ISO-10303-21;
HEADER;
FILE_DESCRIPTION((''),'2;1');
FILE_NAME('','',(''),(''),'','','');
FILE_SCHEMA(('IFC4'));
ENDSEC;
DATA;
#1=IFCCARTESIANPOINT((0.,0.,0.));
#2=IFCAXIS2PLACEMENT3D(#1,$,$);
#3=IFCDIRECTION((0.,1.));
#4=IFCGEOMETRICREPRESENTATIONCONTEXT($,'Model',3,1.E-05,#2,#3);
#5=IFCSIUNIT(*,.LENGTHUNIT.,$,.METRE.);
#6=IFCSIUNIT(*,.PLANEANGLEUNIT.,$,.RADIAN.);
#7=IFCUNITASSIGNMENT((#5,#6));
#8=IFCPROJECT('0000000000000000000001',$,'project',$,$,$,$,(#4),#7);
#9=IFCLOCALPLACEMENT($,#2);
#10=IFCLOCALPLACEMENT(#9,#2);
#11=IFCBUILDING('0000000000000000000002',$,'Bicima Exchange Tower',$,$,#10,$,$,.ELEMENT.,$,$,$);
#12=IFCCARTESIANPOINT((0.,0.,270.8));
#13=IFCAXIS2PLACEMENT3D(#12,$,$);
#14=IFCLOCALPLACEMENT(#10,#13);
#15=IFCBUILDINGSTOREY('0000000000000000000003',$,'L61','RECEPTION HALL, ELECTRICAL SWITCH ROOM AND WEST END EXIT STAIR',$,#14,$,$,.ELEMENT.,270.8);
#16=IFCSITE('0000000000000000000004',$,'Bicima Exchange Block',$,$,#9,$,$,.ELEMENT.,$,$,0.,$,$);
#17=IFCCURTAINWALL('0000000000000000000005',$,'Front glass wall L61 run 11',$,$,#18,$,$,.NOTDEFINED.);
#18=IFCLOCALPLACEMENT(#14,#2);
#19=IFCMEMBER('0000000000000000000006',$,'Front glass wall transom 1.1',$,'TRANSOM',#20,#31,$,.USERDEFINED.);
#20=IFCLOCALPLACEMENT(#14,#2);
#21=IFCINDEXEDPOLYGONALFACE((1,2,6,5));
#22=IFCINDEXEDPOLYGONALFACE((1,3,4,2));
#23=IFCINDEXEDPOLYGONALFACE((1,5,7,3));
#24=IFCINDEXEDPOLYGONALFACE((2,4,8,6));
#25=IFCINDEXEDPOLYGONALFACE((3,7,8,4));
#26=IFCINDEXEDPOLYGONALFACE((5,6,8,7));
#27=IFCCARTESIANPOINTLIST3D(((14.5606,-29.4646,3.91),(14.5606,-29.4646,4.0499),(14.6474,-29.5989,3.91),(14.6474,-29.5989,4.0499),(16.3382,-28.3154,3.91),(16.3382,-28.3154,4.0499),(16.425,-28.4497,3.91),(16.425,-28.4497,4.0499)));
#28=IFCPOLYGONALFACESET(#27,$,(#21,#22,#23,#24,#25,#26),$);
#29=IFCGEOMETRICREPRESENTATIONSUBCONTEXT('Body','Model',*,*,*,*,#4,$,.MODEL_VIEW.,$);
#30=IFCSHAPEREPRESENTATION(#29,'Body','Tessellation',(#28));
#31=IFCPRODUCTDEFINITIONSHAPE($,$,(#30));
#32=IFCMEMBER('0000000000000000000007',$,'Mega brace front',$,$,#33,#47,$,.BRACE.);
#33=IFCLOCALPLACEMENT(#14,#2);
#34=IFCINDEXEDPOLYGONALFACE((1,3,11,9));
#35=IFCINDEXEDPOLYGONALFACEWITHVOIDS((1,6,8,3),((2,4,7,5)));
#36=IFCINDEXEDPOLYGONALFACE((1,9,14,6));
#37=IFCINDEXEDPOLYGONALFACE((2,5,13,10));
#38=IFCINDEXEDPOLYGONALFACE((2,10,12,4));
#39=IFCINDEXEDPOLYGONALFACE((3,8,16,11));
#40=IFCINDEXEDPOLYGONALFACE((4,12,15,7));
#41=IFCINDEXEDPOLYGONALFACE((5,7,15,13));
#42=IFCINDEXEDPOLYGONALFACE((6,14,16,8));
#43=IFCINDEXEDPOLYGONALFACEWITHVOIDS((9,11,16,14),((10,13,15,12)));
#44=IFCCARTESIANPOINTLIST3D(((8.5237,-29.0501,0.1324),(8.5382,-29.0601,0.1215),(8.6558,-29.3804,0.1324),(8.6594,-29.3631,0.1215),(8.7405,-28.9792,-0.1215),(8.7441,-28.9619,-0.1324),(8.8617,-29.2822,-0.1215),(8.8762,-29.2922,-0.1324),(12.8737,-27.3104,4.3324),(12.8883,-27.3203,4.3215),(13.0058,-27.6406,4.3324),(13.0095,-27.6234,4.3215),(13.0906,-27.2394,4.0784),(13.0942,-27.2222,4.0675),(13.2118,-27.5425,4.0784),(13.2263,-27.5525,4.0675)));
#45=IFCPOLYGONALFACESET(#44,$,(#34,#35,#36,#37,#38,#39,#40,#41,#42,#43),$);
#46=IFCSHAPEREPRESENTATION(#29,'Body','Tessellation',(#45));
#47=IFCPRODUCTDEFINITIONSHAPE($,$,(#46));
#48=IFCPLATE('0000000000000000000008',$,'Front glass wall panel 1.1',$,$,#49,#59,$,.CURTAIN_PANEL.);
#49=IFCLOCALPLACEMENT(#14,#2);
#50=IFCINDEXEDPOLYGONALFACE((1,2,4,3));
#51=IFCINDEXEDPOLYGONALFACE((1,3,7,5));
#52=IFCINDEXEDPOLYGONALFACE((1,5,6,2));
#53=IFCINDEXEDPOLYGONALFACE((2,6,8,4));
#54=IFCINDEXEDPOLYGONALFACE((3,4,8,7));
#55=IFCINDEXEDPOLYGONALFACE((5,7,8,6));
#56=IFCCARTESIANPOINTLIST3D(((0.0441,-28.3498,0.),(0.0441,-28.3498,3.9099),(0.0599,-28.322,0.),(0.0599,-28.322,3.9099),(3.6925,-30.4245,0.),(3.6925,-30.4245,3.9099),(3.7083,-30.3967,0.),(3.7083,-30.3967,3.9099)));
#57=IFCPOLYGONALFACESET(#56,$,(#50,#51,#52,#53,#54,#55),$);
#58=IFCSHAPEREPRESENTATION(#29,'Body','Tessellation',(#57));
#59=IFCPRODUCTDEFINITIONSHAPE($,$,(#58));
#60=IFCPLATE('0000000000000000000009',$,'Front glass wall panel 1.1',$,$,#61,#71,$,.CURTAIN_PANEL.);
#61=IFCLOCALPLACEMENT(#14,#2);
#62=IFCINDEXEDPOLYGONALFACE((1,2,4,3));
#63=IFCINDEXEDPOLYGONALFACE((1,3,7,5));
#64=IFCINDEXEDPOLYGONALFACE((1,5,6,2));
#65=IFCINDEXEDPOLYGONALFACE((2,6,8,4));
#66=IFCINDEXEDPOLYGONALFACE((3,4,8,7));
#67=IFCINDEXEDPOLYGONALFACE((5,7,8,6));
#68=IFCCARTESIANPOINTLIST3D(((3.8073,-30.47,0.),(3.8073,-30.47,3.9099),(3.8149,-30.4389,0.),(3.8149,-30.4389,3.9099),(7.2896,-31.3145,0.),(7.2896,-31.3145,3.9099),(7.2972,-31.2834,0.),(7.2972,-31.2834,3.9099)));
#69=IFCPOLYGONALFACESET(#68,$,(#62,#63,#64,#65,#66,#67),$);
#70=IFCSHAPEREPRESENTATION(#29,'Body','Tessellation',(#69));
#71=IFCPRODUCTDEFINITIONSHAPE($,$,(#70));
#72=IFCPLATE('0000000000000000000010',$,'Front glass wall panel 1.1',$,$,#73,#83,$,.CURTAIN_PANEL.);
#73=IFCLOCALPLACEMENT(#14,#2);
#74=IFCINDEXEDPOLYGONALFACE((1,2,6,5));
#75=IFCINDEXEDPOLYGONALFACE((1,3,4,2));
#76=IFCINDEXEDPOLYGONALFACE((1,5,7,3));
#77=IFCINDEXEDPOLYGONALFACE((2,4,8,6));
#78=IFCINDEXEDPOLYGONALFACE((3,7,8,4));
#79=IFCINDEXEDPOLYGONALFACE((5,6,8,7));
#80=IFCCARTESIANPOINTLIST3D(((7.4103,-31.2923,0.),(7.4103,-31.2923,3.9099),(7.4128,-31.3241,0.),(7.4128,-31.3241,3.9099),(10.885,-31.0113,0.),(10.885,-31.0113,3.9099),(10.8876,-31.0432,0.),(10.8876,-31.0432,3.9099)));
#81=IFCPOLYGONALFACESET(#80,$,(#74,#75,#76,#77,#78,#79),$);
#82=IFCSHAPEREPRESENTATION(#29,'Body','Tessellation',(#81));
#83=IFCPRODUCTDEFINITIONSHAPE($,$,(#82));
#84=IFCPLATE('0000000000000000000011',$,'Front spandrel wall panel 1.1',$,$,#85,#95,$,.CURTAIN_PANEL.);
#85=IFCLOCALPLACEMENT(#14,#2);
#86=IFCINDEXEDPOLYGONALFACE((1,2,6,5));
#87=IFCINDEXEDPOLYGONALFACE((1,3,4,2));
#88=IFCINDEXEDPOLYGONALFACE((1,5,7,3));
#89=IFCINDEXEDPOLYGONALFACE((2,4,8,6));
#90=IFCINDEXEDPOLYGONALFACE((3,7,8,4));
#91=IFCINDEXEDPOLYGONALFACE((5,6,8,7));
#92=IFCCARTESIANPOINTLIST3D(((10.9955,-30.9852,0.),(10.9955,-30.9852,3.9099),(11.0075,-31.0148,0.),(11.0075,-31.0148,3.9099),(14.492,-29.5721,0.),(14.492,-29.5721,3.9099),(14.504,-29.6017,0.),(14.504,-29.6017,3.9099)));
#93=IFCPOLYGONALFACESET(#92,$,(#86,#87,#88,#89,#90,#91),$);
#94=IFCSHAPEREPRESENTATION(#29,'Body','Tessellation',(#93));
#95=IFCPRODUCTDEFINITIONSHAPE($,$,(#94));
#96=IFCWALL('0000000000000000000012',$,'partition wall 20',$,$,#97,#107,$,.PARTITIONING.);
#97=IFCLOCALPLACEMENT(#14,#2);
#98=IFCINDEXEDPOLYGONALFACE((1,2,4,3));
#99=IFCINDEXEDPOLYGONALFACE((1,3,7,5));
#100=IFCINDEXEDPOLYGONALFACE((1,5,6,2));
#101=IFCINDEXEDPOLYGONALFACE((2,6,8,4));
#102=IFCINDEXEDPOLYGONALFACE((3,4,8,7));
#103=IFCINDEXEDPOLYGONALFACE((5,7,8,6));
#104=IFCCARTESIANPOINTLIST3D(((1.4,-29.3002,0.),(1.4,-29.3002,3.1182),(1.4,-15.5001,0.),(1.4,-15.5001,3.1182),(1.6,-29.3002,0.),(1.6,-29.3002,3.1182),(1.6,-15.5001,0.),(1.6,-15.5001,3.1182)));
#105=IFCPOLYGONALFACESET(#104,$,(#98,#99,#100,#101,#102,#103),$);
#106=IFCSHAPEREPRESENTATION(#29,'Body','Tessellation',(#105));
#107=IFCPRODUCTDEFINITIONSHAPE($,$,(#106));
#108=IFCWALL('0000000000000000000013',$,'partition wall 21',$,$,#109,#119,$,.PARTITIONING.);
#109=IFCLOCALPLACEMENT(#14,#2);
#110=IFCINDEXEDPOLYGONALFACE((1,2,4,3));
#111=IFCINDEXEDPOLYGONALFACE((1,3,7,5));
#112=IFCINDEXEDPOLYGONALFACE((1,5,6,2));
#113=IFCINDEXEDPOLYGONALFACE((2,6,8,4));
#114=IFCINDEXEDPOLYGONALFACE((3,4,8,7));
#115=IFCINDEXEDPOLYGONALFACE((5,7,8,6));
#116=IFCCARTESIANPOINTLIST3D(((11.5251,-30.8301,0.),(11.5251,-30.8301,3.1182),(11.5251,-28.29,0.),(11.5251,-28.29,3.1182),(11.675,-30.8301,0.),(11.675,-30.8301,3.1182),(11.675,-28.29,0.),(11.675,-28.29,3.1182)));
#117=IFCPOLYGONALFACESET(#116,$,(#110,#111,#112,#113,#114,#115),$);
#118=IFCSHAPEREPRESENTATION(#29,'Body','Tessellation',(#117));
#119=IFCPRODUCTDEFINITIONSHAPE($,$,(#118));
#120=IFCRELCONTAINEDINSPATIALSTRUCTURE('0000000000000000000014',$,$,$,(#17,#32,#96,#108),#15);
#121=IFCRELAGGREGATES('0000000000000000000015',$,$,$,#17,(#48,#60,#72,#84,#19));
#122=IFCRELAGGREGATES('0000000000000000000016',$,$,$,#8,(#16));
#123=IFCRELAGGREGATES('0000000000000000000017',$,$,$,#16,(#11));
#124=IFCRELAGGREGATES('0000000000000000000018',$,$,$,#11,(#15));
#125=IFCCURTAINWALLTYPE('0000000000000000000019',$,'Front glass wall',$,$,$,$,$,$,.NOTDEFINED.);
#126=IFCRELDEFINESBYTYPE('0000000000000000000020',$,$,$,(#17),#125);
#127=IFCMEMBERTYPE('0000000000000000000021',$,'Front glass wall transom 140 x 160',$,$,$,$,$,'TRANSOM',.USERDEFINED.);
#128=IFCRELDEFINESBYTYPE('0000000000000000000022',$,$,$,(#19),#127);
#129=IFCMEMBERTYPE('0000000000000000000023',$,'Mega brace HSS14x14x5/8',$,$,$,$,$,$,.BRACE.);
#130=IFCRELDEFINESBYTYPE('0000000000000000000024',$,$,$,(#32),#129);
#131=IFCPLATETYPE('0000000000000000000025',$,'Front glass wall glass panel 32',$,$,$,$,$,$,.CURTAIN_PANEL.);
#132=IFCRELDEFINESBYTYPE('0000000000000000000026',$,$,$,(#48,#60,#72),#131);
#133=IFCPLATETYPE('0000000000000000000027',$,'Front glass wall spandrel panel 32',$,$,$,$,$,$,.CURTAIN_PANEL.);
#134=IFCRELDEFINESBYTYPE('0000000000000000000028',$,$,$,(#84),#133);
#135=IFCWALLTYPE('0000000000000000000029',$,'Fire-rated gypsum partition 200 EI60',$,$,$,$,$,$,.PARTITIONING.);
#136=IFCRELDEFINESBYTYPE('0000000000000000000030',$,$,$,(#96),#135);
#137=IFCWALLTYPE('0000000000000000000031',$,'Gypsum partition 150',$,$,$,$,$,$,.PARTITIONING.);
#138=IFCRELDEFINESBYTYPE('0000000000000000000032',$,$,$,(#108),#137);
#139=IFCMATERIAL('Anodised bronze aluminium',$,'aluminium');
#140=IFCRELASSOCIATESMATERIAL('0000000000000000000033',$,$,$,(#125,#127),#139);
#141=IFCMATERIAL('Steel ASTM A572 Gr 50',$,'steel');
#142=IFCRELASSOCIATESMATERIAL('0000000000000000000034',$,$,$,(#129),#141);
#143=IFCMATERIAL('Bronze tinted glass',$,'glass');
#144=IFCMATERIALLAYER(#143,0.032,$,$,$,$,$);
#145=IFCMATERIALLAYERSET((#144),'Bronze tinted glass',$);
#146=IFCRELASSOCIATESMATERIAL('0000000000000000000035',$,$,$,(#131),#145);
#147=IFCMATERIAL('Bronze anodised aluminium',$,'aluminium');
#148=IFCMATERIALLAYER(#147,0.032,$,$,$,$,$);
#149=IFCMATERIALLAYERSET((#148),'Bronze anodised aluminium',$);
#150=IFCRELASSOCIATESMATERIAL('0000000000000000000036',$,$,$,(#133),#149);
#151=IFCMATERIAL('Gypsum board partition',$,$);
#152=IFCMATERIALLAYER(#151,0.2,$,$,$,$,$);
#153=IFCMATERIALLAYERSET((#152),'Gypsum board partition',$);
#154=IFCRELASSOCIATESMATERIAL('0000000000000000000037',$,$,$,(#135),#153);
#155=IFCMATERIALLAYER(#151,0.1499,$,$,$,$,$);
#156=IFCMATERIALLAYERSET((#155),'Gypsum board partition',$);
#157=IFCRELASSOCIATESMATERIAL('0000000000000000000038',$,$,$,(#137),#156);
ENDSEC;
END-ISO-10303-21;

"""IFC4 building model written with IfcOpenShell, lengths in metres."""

from ifc_helpers import new_model, si_unit, direction, frame, frame_2d, origin, origin_2d, place, context, subcontext, project, spatial, rectangle, hollow_rectangle, extrude, material, layer, layer_set, material_profile, profile_set, type_object, element, aggregate, save


model = new_model("IFC4")

# Units and contexts
model_context = context("Model", 3, precision=1e-05, world=origin(), true_north=direction((0.0, 1.0)))
body_context = subcontext(model_context, "Body", "Model", "MODEL_VIEW")
ifc_project = project(units=[si_unit("LENGTHUNIT", "METRE"), si_unit("PLANEANGLEUNIT", "RADIAN")], contexts=[model_context])

# Site, building, storey
site_placement = place(None, origin())
site = spatial("IfcSite", under=ifc_project, at=site_placement, Name="Bicima Exchange Block", CompositionType="ELEMENT", RefElevation=0.0)
building_placement = place(site_placement, origin())
building = spatial("IfcBuilding", under=site, at=building_placement, Name="Bicima Exchange Tower", CompositionType="ELEMENT")
storey_placement = place(building_placement, frame((0.0, 0.0, 270.8)))
storey = spatial("IfcBuildingStorey", under=building, at=storey_placement, Name="L61", Description="RECEPTION HALL, ELECTRICAL SWITCH ROOM AND WEST END EXIT STAIR", CompositionType="ELEMENT", Elevation=270.8)

# Shared definitions
ifc_material_1 = material(Name="Steel ASTM A572 Gr 50", Category="steel")

# Curtain wall, member
ifc_material_2 = material(Name="Anodised bronze aluminium", Category="aluminium")
curtain_wall_type = type_object("IfcCurtainWallType", Name="Front glass wall", PredefinedType="NOTDEFINED", material=ifc_material_2)
curtain_wall_placement = place(storey_placement, origin())
curtain_wall = element("IfcCurtainWall", 1, at=curtain_wall_placement, inside=storey, type_object=curtain_wall_type, Name="Front glass wall L61 run 11", PredefinedType="NOTDEFINED")
ifc_material_profile_1 = material_profile(ifc_material_2, rectangle(XDim=0.1599, YDim=0.1399, at=origin_2d()))
ifc_profile_set_1 = profile_set([ifc_material_profile_1], Name="Anodised bronze aluminium")
member_type_1 = type_object("IfcMemberType", Name="Front glass wall transom 140 x 160", ElementType="TRANSOM", PredefinedType="USERDEFINED", material=ifc_profile_set_1)
member_1_placement = place(storey_placement, frame((14.604, -29.5317, 3.98), z_axis=(0.839793, 0.542907, 0.0), x_axis=(-0.542907, 0.839793, 0.0)))
member_1 = element("IfcMember", 2, at=member_1_placement, type_object=member_type_1, Name="Front glass wall transom 1.1", ObjectType="TRANSOM", PredefinedType="USERDEFINED", context=body_context, shape_type="SweptSolid", body=[
    extrude(rectangle(XDim=0.1599, YDim=0.1399, at=origin_2d()), origin(), (0.0, 0.0, 1.0), 2.1167),
])

# Member
ifc_material_profile_2 = material_profile(ifc_material_1, hollow_rectangle(XDim=0.3557, YDim=0.3557, WallThickness=0.0146, at=origin_2d()))
ifc_profile_set_2 = profile_set([ifc_material_profile_2], Name="Steel ASTM A572 Gr 50")
member_type_2 = type_object("IfcMemberType", Name="Mega brace HSS14x14x5/8", PredefinedType="BRACE", material=ifc_profile_set_2)
member_2_placement = place(storey_placement, frame((8.7, -29.1711, 0.0), z_axis=(0.691366, 0.2765, 0.667503), x_axis=(-0.371337, 0.928498, 0.0)))
element("IfcMember", 3, at=member_2_placement, inside=storey, type_object=member_type_2, Name="Mega brace front", PredefinedType="BRACE", context=body_context, shape_type="SweptSolid", body=[
    extrude(hollow_rectangle(XDim=0.3557, YDim=0.3557, WallThickness=0.0146, at=origin_2d()), origin(), (0.0, 0.0, 1.0), 6.292),
])

# Plates
ifc_material_3 = material(Name="Bronze tinted glass", Category="glass")
ifc_layer_1 = layer(ifc_material_3, 0.032)
ifc_layer_set_1 = layer_set([ifc_layer_1], Name="Bronze tinted glass")
plate_type_1 = type_object("IfcPlateType", Name="Front glass wall glass panel 32", PredefinedType="CURTAIN_PANEL", material=ifc_layer_set_1)
plate_1_placement = place(storey_placement, frame((1.8762, -29.3733, 0.0), z_axis=(0.0, 0.0, 1.0), x_axis=(0.869274, -0.49433, 0.0)))
plate_1 = element("IfcPlate", 4, at=plate_1_placement, type_object=plate_type_1, Name="Front glass wall panel 1.1", PredefinedType="CURTAIN_PANEL", context=body_context, shape_type="SweptSolid", body=[
    extrude(rectangle(XDim=4.197, YDim=0.032, at=origin_2d()), origin(), (0.0, 0.0, 1.0), 3.9099),
])
plate_2_placement = place(storey_placement, frame((5.5522, -30.8767, 0.0), z_axis=(0.0, 0.0, 1.0), x_axis=(0.97183, -0.235682, 0.0)))
plate_2 = element("IfcPlate", 5, at=plate_2_placement, type_object=plate_type_1, Name="Front glass wall panel 1.1", PredefinedType="CURTAIN_PANEL", context=body_context, shape_type="SweptSolid", body=[
    extrude(rectangle(XDim=3.5833, YDim=0.032, at=origin_2d()), origin(), (0.0, 0.0, 1.0), 3.9099),
])
plate_3_placement = place(storey_placement, frame((9.1489, -31.1677, 0.0), z_axis=(0.0, 0.0, 1.0), x_axis=(0.996747, 0.080589, 0.0)))
plate_3 = element("IfcPlate", 6, at=plate_3_placement, type_object=plate_type_1, Name="Front glass wall panel 1.1", PredefinedType="CURTAIN_PANEL", context=body_context, shape_type="SweptSolid", body=[
    extrude(rectangle(XDim=3.4861, YDim=0.032, at=origin_2d()), origin(), (0.0, 0.0, 1.0), 3.9099),
])
ifc_material_4 = material(Name="Bronze anodised aluminium", Category="aluminium")
ifc_layer_2 = layer(ifc_material_4, 0.032)
ifc_layer_set_2 = layer_set([ifc_layer_2], Name="Bronze anodised aluminium")
plate_type_2 = type_object("IfcPlateType", Name="Front glass wall spandrel panel 32", PredefinedType="CURTAIN_PANEL", material=ifc_layer_set_2)
plate_4_placement = place(storey_placement, frame((12.7498, -30.2935, 0.0), z_axis=(0.0, 0.0, 1.0), x_axis=(0.927144, 0.374705, 0.0)))
plate_4 = element("IfcPlate", 7, at=plate_4_placement, type_object=plate_type_2, Name="Front spandrel wall panel 1.1", PredefinedType="CURTAIN_PANEL", context=body_context, shape_type="SweptSolid", body=[
    extrude(rectangle(XDim=3.7712, YDim=0.032, at=origin_2d()), origin(), (0.0, 0.0, 1.0), 3.9099),
])
aggregate(curtain_wall, [plate_1, plate_2, plate_3, plate_4, member_1])

# Walls
ifc_material_5 = material(Name="Gypsum board partition")
ifc_layer_3 = layer(ifc_material_5, 0.2)
ifc_layer_set_3 = layer_set([ifc_layer_3], Name="Gypsum board partition")
wall_type_1 = type_object("IfcWallType", Name="Fire-rated gypsum partition 200 EI60", PredefinedType="PARTITIONING", material=ifc_layer_set_3)
wall_1_placement = place(storey_placement, frame((1.5, -29.3, 0.0), z_axis=(0.0, 0.0, 1.0), x_axis=(0.0, 1.0, 0.0)))
element("IfcWall", 8, at=wall_1_placement, inside=storey, type_object=wall_type_1, Name="partition wall 20", PredefinedType="PARTITIONING", context=body_context, shape_type="SweptSolid", body=[
    extrude(rectangle(XDim=13.8, YDim=0.2, at=frame_2d((6.8999, 0.0))), origin(), (0.0, 0.0, 1.0), 3.1182),
])
ifc_layer_4 = layer(ifc_material_5, 0.1499)
ifc_layer_set_4 = layer_set([ifc_layer_4], Name="Gypsum board partition")
wall_type_2 = type_object("IfcWallType", Name="Gypsum partition 150", PredefinedType="PARTITIONING", material=ifc_layer_set_4)
wall_2_placement = place(storey_placement, frame((11.6001, -30.8301, 0.0), z_axis=(0.0, 0.0, 1.0), x_axis=(0.0, 1.0, 0.0)))
element("IfcWall", 9, at=wall_2_placement, inside=storey, type_object=wall_type_2, Name="partition wall 21", PredefinedType="PARTITIONING", context=body_context, shape_type="SweptSolid", body=[
    extrude(rectangle(XDim=2.54, YDim=0.1499, at=frame_2d((1.27, 0.0))), origin(), (0.0, 0.0, 1.0), 3.1182),
])

save(model, "model.ifc")
